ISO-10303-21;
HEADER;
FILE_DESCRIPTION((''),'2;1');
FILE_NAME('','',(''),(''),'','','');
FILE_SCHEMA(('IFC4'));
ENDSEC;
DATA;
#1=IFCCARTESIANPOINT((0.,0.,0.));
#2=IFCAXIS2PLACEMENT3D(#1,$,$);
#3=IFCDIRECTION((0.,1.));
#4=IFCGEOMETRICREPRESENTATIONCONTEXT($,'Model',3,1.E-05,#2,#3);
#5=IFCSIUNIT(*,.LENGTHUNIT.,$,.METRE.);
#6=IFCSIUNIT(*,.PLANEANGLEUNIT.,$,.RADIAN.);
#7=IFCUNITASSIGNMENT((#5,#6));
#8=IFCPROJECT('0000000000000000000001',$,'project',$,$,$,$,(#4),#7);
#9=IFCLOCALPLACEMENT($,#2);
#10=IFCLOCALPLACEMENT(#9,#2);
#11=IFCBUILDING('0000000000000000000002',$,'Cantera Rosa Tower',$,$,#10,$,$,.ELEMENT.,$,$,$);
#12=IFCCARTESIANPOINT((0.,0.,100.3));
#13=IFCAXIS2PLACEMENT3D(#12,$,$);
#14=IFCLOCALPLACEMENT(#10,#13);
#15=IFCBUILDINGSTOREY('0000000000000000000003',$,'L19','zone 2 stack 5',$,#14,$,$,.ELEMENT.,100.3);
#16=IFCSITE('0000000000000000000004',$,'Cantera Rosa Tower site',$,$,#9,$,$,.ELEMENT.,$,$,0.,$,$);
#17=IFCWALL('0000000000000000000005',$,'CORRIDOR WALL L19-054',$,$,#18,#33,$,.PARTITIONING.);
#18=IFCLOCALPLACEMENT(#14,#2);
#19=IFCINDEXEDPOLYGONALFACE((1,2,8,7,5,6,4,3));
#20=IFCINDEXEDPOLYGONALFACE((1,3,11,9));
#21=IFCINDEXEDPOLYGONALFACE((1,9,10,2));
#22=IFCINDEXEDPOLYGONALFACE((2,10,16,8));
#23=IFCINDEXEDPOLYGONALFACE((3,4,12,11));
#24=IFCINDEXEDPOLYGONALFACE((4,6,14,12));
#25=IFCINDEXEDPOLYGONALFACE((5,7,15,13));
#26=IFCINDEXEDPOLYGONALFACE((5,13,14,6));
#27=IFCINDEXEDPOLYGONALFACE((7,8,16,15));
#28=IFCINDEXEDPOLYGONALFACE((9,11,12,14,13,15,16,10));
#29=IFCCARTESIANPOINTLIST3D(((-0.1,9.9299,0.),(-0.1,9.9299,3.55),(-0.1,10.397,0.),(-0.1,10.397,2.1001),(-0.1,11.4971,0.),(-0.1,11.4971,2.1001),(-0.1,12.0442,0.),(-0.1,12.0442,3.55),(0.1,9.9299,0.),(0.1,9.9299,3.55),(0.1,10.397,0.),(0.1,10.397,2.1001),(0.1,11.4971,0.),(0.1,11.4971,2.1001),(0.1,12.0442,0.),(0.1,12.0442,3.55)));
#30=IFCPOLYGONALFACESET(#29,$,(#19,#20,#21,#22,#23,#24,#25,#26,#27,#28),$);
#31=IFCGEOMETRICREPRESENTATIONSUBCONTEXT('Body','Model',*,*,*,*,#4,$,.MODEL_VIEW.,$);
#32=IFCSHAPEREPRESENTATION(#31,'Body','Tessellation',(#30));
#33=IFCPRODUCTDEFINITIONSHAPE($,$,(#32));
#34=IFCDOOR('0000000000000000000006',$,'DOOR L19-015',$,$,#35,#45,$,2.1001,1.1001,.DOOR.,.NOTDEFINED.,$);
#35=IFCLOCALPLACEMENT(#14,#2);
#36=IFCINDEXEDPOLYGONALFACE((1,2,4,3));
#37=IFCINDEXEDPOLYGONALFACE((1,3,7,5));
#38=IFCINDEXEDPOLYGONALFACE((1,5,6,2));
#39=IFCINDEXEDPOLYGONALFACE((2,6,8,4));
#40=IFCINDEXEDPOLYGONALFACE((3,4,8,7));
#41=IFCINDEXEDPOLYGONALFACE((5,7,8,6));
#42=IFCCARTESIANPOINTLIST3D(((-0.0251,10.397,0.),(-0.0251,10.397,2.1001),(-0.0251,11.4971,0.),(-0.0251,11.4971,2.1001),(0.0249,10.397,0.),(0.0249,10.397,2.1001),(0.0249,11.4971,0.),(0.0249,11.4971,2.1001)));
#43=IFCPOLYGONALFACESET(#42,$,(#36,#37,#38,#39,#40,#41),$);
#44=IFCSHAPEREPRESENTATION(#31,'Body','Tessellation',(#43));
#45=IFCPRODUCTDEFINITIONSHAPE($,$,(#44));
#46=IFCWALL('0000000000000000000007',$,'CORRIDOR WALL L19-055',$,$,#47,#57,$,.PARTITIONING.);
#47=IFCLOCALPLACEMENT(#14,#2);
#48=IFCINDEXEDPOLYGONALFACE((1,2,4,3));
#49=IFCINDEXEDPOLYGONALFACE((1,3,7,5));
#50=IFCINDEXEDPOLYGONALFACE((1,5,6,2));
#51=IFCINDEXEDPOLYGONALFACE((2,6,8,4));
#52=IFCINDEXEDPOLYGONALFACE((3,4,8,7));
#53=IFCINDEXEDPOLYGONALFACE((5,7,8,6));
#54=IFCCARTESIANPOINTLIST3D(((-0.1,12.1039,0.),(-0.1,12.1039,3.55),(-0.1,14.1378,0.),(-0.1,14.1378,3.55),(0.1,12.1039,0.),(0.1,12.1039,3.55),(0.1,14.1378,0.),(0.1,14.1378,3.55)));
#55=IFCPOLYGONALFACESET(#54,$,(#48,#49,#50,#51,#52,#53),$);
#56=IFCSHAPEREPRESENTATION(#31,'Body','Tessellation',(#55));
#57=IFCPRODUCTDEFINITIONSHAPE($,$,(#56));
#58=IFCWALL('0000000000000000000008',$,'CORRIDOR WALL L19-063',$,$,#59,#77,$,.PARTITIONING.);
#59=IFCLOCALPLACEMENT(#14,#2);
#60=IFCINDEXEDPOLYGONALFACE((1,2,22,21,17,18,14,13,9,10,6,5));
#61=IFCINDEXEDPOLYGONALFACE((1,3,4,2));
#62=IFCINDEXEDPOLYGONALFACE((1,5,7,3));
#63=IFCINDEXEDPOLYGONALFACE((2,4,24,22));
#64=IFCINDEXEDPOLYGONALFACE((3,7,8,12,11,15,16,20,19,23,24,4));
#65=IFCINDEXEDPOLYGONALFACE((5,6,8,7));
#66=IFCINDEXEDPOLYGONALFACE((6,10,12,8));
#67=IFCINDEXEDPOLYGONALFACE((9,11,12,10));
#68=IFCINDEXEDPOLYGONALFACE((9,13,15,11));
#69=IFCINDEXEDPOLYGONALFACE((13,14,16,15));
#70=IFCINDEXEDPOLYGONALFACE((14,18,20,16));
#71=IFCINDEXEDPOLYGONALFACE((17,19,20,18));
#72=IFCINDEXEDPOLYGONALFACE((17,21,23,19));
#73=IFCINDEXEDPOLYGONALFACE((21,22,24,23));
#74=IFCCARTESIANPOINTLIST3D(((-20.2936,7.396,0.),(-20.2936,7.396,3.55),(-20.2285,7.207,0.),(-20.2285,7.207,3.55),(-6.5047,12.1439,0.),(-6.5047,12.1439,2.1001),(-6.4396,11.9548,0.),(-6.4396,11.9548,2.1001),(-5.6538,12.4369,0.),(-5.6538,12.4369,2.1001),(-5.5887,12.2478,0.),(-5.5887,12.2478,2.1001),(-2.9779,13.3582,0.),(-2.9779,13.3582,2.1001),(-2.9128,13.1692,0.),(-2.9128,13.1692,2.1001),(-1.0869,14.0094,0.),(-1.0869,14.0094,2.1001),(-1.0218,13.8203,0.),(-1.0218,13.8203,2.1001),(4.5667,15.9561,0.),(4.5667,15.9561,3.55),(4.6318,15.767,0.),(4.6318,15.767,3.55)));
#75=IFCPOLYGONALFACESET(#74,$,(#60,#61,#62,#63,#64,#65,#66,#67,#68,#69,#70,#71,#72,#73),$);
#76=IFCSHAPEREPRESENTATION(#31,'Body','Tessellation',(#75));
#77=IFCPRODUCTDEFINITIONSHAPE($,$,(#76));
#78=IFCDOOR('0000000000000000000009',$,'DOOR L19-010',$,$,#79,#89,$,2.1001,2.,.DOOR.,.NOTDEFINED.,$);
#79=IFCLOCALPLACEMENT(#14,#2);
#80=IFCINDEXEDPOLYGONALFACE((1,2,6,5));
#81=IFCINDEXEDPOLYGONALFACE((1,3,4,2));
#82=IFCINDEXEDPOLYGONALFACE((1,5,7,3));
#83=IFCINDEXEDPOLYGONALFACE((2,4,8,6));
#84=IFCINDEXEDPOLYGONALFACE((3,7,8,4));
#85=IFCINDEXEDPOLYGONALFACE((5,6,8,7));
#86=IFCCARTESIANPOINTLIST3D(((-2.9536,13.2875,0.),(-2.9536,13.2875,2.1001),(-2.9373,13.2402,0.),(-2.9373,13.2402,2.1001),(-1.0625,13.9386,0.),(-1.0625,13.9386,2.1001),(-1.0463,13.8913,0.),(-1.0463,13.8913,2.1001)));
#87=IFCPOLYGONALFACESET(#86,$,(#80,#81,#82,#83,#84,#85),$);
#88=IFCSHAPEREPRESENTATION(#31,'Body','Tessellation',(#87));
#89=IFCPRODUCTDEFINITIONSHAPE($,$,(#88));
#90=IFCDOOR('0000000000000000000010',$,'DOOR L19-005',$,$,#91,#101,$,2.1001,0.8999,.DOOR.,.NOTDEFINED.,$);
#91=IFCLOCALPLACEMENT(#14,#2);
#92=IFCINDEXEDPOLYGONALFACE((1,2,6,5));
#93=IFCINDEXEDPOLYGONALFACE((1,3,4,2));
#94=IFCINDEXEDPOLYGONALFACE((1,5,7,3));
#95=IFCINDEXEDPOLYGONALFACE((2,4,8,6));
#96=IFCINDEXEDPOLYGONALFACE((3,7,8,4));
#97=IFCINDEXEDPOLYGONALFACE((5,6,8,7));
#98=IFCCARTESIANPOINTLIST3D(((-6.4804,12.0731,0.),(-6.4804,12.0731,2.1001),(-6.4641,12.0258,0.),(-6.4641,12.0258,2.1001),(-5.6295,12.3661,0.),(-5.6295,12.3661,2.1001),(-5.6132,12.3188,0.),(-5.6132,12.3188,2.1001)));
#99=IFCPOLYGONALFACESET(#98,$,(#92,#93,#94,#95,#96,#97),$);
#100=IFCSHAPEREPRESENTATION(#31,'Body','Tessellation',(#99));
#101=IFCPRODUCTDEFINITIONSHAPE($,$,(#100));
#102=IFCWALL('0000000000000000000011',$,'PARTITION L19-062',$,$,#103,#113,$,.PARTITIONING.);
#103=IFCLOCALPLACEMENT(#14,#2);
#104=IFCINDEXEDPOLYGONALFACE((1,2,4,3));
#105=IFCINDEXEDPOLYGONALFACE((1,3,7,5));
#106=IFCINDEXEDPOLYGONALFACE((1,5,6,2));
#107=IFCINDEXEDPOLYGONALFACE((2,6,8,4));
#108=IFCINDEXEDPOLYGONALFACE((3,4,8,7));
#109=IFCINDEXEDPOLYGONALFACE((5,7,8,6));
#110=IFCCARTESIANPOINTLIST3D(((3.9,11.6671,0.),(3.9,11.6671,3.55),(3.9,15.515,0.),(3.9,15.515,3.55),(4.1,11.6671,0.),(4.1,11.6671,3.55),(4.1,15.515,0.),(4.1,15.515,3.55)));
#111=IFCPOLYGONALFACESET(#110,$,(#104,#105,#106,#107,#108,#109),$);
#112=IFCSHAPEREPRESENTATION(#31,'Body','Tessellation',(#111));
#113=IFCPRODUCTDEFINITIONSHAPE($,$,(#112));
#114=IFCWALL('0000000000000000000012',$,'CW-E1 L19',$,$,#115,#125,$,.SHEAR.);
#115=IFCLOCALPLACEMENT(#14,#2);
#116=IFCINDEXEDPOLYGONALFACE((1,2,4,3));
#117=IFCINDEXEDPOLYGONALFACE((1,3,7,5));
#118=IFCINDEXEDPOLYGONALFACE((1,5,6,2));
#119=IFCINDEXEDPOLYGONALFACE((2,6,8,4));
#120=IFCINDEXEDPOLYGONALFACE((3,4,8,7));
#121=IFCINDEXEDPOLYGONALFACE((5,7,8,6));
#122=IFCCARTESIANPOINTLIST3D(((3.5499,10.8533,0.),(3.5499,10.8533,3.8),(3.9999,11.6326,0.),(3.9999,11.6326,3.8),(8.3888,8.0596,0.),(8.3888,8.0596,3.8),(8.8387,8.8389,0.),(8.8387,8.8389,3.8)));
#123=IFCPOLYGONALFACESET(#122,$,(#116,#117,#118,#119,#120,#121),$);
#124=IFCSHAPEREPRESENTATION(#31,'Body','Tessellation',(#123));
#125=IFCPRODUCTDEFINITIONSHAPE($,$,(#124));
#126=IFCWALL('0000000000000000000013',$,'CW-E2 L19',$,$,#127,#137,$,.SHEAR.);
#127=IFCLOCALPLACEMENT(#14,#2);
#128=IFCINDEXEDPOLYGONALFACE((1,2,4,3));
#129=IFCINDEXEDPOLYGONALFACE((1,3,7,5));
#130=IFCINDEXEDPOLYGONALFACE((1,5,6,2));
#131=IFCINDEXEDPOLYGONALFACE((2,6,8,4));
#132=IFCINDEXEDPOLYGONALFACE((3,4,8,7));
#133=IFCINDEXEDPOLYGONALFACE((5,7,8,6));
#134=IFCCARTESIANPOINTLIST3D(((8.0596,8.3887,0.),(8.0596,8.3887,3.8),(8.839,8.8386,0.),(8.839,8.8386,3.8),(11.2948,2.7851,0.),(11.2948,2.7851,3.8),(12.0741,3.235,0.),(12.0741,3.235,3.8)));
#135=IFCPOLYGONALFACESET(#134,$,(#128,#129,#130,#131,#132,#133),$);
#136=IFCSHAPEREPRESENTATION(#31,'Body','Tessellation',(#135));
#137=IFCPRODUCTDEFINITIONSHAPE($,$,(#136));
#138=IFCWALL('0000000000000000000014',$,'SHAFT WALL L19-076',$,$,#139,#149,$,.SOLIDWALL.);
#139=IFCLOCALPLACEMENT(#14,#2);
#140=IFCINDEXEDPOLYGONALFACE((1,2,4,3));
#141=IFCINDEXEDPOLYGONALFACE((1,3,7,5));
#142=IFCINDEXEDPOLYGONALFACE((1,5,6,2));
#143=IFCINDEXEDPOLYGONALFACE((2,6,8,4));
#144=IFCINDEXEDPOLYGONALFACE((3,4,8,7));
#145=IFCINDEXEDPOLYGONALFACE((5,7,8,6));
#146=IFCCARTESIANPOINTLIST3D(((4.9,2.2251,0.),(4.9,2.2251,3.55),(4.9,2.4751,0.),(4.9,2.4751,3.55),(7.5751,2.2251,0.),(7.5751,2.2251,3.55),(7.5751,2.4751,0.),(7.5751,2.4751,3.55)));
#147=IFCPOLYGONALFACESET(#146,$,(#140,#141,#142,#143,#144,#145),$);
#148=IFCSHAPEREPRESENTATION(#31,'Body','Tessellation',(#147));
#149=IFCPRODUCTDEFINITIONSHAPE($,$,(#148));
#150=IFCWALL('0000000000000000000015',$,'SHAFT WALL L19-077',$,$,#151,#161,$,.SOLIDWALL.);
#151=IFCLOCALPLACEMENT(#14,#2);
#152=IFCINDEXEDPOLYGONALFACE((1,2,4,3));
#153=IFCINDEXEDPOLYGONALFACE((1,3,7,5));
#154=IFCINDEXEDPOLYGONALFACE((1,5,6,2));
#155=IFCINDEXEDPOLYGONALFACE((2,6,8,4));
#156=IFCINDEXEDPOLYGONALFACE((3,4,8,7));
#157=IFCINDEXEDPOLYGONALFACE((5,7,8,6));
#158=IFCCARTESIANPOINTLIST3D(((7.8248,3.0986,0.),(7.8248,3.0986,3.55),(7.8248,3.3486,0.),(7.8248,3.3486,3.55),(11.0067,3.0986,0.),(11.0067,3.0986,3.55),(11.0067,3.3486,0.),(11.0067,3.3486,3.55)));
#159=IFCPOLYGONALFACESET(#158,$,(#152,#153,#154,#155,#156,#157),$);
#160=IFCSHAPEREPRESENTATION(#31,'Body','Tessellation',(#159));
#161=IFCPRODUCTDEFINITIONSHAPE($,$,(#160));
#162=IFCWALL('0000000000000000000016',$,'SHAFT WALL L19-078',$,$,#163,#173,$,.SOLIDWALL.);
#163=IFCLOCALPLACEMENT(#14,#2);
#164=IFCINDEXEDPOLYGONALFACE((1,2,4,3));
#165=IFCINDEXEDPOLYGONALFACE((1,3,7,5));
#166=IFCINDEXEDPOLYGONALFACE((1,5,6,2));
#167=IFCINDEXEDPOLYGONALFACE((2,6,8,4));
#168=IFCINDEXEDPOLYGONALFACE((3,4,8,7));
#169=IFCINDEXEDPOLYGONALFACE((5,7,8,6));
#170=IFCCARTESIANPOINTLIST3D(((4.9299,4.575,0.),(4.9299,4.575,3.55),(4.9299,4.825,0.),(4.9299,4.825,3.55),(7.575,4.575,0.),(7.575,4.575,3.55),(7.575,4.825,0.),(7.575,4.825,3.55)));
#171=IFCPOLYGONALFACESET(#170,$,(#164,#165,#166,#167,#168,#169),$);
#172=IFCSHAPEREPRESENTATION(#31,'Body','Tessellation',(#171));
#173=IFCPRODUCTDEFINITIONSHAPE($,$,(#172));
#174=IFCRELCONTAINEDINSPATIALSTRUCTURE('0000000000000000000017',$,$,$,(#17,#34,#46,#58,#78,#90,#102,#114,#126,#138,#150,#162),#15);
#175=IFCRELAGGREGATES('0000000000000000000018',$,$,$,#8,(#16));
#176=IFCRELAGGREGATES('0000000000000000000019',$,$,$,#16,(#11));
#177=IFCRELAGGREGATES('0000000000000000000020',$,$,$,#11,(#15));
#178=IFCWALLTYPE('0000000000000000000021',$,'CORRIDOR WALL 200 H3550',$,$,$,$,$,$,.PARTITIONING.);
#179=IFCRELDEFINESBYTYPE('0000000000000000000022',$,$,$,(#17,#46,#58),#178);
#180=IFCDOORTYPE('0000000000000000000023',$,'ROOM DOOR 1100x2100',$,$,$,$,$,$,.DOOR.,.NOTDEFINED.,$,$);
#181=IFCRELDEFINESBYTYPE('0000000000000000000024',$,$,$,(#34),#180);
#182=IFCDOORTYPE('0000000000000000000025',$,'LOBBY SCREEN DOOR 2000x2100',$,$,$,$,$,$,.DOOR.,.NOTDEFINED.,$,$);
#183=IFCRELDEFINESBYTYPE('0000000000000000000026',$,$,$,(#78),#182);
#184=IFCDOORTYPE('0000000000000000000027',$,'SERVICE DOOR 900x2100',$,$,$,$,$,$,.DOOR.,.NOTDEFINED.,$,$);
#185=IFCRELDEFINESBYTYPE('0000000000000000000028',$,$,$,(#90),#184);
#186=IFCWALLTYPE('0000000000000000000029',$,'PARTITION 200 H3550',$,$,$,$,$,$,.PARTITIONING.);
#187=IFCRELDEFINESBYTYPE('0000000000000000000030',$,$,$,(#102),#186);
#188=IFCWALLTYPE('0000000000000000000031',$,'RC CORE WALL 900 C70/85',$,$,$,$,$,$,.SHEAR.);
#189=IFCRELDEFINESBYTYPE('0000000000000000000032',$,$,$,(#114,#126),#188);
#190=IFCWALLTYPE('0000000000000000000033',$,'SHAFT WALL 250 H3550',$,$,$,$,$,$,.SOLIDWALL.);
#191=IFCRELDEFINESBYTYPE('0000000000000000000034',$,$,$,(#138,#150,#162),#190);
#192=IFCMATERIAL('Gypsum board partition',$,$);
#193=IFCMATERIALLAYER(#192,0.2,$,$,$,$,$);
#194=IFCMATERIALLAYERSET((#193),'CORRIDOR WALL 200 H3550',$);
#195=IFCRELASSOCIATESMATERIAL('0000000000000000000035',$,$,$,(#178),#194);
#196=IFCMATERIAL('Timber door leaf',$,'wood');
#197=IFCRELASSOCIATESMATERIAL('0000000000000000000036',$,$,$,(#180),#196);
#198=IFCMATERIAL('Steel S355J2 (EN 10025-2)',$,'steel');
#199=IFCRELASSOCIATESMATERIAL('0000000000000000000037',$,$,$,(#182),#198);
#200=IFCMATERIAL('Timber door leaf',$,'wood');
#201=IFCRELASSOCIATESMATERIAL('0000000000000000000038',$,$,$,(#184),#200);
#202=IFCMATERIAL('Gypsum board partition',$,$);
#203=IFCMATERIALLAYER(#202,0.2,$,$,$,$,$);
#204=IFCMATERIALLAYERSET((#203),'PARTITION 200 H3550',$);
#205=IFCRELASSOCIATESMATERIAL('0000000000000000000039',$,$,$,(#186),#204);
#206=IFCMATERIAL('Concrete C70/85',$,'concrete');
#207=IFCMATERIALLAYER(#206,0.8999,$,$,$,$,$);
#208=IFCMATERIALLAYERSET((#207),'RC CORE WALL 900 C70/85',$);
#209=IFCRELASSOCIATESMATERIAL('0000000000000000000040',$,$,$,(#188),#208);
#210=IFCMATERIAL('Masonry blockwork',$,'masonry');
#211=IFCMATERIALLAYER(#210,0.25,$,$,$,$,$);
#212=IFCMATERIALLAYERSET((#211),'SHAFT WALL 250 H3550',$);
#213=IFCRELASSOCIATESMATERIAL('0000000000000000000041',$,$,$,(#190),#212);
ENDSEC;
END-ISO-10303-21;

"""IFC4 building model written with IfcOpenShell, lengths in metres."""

from ifc_helpers import new_model, si_unit, direction, frame, frame_2d, origin, place, context, subcontext, project, spatial, rectangle, extrude, material, layer, layer_set, type_object, element, fill, save


model = new_model("IFC4")

# Units and contexts
model_context = context("Model", 3, precision=1e-05, world=origin(), true_north=direction((0.0, 1.0)))
body_context = subcontext(model_context, "Body", "Model", "MODEL_VIEW")
ifc_project = project(units=[si_unit("LENGTHUNIT", "METRE"), si_unit("PLANEANGLEUNIT", "RADIAN")], contexts=[model_context])

# Site, building, storey
site_placement = place(None, origin())
site = spatial("IfcSite", under=ifc_project, at=site_placement, Name="Cantera Rosa Tower site", CompositionType="ELEMENT", RefElevation=0.0)
building_placement = place(site_placement, origin())
building = spatial("IfcBuilding", under=site, at=building_placement, Name="Cantera Rosa Tower", CompositionType="ELEMENT")
storey_placement = place(building_placement, frame((0.0, 0.0, 100.3)))
storey = spatial("IfcBuildingStorey", under=building, at=storey_placement, Name="L19", Description="zone 2 stack 5", CompositionType="ELEMENT", Elevation=100.3)

# Wall, opening, door
ifc_material_1 = material(Name="Gypsum board partition")
ifc_layer_1 = layer(ifc_material_1, 0.2)
ifc_layer_set_1 = layer_set([ifc_layer_1], Name="CORRIDOR WALL 200 H3550")
wall_type_1 = type_object("IfcWallType", Name="CORRIDOR WALL 200 H3550", PredefinedType="PARTITIONING", material=ifc_layer_set_1)
wall_1_placement = place(storey_placement, frame((0.0, 12.0442, 0.0), z_axis=(0.0, 0.0, 1.0), x_axis=(0.0, -1.0, 0.0)))
wall_1 = element("IfcWall", 1, at=wall_1_placement, inside=storey, type_object=wall_type_1, Name="CORRIDOR WALL L19-054", PredefinedType="PARTITIONING", context=body_context, shape_type="SweptSolid", body=[
    extrude(rectangle(XDim=2.1143, YDim=0.2, at=frame_2d((1.0571, 0.0))), origin(), (0.0, 0.0, 1.0), 3.55),
])
opening_1_placement = place(wall_1_placement, frame((0.5471, 0.0, 0.0)))
opening_1 = element("IfcOpeningElement", 2, at=opening_1_placement, cuts=wall_1, PredefinedType="OPENING", context=body_context, shape_type="SweptSolid", body=[
    extrude(rectangle(XDim=1.1001, YDim=2.1001, at=frame_2d((0.55, 1.05))), frame((0.0, 0.1099, 0.0), z_axis=(0.0, -1.0, 0.0), x_axis=(1.0, 0.0, 0.0)), (0.0, 0.0, 1.0), 0.22),
])
ifc_material_2 = material(Name="Timber door leaf", Category="wood")
door_type_1 = type_object("IfcDoorType", Name="ROOM DOOR 1100x2100", OperationType="NOTDEFINED", PredefinedType="DOOR", material=ifc_material_2)
door_1_placement = place(opening_1_placement, origin())
door_1 = element("IfcDoor", 3, at=door_1_placement, inside=storey, type_object=door_type_1, Name="DOOR L19-015", OperationType="NOTDEFINED", OverallHeight=2.1001, OverallWidth=1.1001, PredefinedType="DOOR", context=body_context, shape_type="SweptSolid", body=[
    extrude(rectangle(XDim=1.1001, YDim=2.1001, at=frame_2d((0.55, 1.05))), frame((0.0, 0.0249, 0.0), z_axis=(0.0, -1.0, 0.0), x_axis=(1.0, 0.0, 0.0)), (0.0, 0.0, 1.0), 0.05),
])
fill(opening_1, door_1)

# Wall
wall_2_placement = place(storey_placement, frame((0.0, 14.1379, 0.0), z_axis=(0.0, 0.0, 1.0), x_axis=(0.0, -1.0, 0.0)))
element("IfcWall", 4, at=wall_2_placement, inside=storey, type_object=wall_type_1, Name="CORRIDOR WALL L19-055", PredefinedType="PARTITIONING", context=body_context, shape_type="SweptSolid", body=[
    extrude(rectangle(XDim=2.0339, YDim=0.2, at=frame_2d((1.0171, 0.0))), origin(), (0.0, 0.0, 1.0), 3.55),
])

# Wall, openings, doors
wall_3_placement = place(storey_placement, frame((4.5994, 15.8616, 0.0), z_axis=(0.0, 0.0, 1.0), x_axis=(-0.945519, -0.325567, 0.0)))
wall_3 = element("IfcWall", 5, at=wall_3_placement, inside=storey, type_object=wall_type_1, Name="CORRIDOR WALL L19-063", PredefinedType="PARTITIONING", context=body_context, shape_type="SweptSolid", body=[
    extrude(rectangle(XDim=26.2927, YDim=0.2, at=frame_2d((13.1465, 0.0))), origin(), (0.0, 0.0, 1.0), 3.55),
])
opening_2_placement = place(wall_3_placement, frame((10.8096, 0.0, 0.0)))
opening_2 = element("IfcOpeningElement", 6, at=opening_2_placement, cuts=wall_3, PredefinedType="OPENING", context=body_context, shape_type="SweptSolid", body=[
    extrude(rectangle(XDim=0.8999, YDim=2.1001, at=frame_2d((0.45, 1.05))), frame((0.0, 0.1099, 0.0), z_axis=(0.0, -1.0, 0.0), x_axis=(1.0, 0.0, 0.0)), (0.0, 0.0, 1.0), 0.22),
])
opening_3_placement = place(wall_3_placement, frame((5.9795, 0.0, 0.0)))
opening_3 = element("IfcOpeningElement", 7, at=opening_3_placement, cuts=wall_3, PredefinedType="OPENING", context=body_context, shape_type="SweptSolid", body=[
    extrude(rectangle(XDim=2.0, YDim=2.1001, at=frame_2d((1.0, 1.05))), frame((0.0, 0.1099, 0.0), z_axis=(0.0, -1.0, 0.0), x_axis=(1.0, 0.0, 0.0)), (0.0, 0.0, 1.0), 0.22),
])
ifc_material_3 = material(Name="Steel S355J2 (EN 10025-2)", Category="steel")
door_type_2 = type_object("IfcDoorType", Name="LOBBY SCREEN DOOR 2000x2100", OperationType="NOTDEFINED", PredefinedType="DOOR", material=ifc_material_3)
door_2_placement = place(opening_3_placement, origin())
door_2 = element("IfcDoor", 8, at=door_2_placement, inside=storey, type_object=door_type_2, Name="DOOR L19-010", OperationType="NOTDEFINED", OverallHeight=2.1001, OverallWidth=2.0, PredefinedType="DOOR", context=body_context, shape_type="SweptSolid", body=[
    extrude(rectangle(XDim=2.0, YDim=2.1001, at=frame_2d((1.0, 1.05))), frame((0.0, 0.0249, 0.0), z_axis=(0.0, -1.0, 0.0), x_axis=(1.0, 0.0, 0.0)), (0.0, 0.0, 1.0), 0.05),
])
fill(opening_3, door_2)
ifc_material_4 = material(Name="Timber door leaf", Category="wood")
door_type_3 = type_object("IfcDoorType", Name="SERVICE DOOR 900x2100", OperationType="NOTDEFINED", PredefinedType="DOOR", material=ifc_material_4)
door_3_placement = place(opening_2_placement, origin())
door_3 = element("IfcDoor", 9, at=door_3_placement, inside=storey, type_object=door_type_3, Name="DOOR L19-005", OperationType="NOTDEFINED", OverallHeight=2.1001, OverallWidth=0.8999, PredefinedType="DOOR", context=body_context, shape_type="SweptSolid", body=[
    extrude(rectangle(XDim=0.8999, YDim=2.1001, at=frame_2d((0.45, 1.05))), frame((0.0, 0.0249, 0.0), z_axis=(0.0, -1.0, 0.0), x_axis=(1.0, 0.0, 0.0)), (0.0, 0.0, 1.0), 0.05),
])
fill(opening_2, door_3)

# Walls
ifc_material_5 = material(Name="Gypsum board partition")
ifc_layer_2 = layer(ifc_material_5, 0.2)
ifc_layer_set_2 = layer_set([ifc_layer_2], Name="PARTITION 200 H3550")
wall_type_2 = type_object("IfcWallType", Name="PARTITION 200 H3550", PredefinedType="PARTITIONING", material=ifc_layer_set_2)
wall_4_placement = place(storey_placement, frame((4.0, 11.6672, 0.0), z_axis=(0.0, 0.0, 1.0), x_axis=(0.0, 1.0, 0.0)))
element("IfcWall", 10, at=wall_4_placement, inside=storey, type_object=wall_type_2, Name="PARTITION L19-062", PredefinedType="PARTITIONING", context=body_context, shape_type="SweptSolid", body=[
    extrude(rectangle(XDim=3.8479, YDim=0.2, at=frame_2d((1.9238, 0.0))), origin(), (0.0, 0.0, 1.0), 3.55),
])
ifc_material_6 = material(Name="Concrete C70/85", Category="concrete")
ifc_layer_3 = layer(ifc_material_6, 0.8999)
ifc_layer_set_3 = layer_set([ifc_layer_3], Name="RC CORE WALL 900 C70/85")
wall_type_3 = type_object("IfcWallType", Name="RC CORE WALL 900 C70/85", PredefinedType="SHEAR", material=ifc_layer_set_3)
wall_5_placement = place(storey_placement, frame((3.7749, 11.2429, 0.0), z_axis=(0.0, 0.0, 1.0), x_axis=(0.866027, -0.499997, 0.0)))
element("IfcWall", 11, at=wall_5_placement, inside=storey, type_object=wall_type_3, Name="CW-E1 L19", PredefinedType="SHEAR", context=body_context, shape_type="SweptSolid", body=[
    extrude(rectangle(XDim=5.5874, YDim=0.8999, at=frame_2d((2.7937, 0.0))), origin(), (0.0, 0.0, 1.0), 3.8),
])
wall_6_placement = place(storey_placement, frame((8.4492, 8.6138, 0.0), z_axis=(0.0, 0.0, 1.0), x_axis=(0.49999, -0.866031, 0.0)))
element("IfcWall", 12, at=wall_6_placement, inside=storey, type_object=wall_type_3, Name="CW-E2 L19", PredefinedType="SHEAR", context=body_context, shape_type="SweptSolid", body=[
    extrude(rectangle(XDim=6.4705, YDim=0.8999, at=frame_2d((3.2354, 0.0))), origin(), (0.0, 0.0, 1.0), 3.8),
])
ifc_material_7 = material(Name="Masonry blockwork", Category="masonry")
ifc_layer_4 = layer(ifc_material_7, 0.25)
ifc_layer_set_4 = layer_set([ifc_layer_4], Name="SHAFT WALL 250 H3550")
wall_type_4 = type_object("IfcWallType", Name="SHAFT WALL 250 H3550", PredefinedType="SOLIDWALL", material=ifc_layer_set_4)
wall_7_placement = place(storey_placement, frame((7.575, 2.3501, 0.0), z_axis=(0.0, 0.0, 1.0), x_axis=(-1.0, 0.0, 0.0)))
element("IfcWall", 13, at=wall_7_placement, inside=storey, type_object=wall_type_4, Name="SHAFT WALL L19-076", PredefinedType="SOLIDWALL", context=body_context, shape_type="SweptSolid", body=[
    extrude(rectangle(XDim=2.675, YDim=0.25, at=frame_2d((1.3374, 0.0))), origin(), (0.0, 0.0, 1.0), 3.55),
])
wall_8_placement = place(storey_placement, frame((7.825, 3.2236, 0.0), z_axis=(0.0, 0.0, 1.0), x_axis=(1.0, 0.0, 0.0)))
element("IfcWall", 14, at=wall_8_placement, inside=storey, type_object=wall_type_4, Name="SHAFT WALL L19-077", PredefinedType="SOLIDWALL", context=body_context, shape_type="SweptSolid", body=[
    extrude(rectangle(XDim=3.1819, YDim=0.25, at=frame_2d((1.5908, 0.0))), origin(), (0.0, 0.0, 1.0), 3.55),
])
wall_9_placement = place(storey_placement, frame((7.575, 4.7, 0.0), z_axis=(0.0, 0.0, 1.0), x_axis=(-1.0, 0.0, 0.0)))
element("IfcWall", 15, at=wall_9_placement, inside=storey, type_object=wall_type_4, Name="SHAFT WALL L19-078", PredefinedType="SOLIDWALL", context=body_context, shape_type="SweptSolid", body=[
    extrude(rectangle(XDim=2.645, YDim=0.25, at=frame_2d((1.3225, 0.0))), origin(), (0.0, 0.0, 1.0), 3.55),
])

save(model, "model.ifc")
